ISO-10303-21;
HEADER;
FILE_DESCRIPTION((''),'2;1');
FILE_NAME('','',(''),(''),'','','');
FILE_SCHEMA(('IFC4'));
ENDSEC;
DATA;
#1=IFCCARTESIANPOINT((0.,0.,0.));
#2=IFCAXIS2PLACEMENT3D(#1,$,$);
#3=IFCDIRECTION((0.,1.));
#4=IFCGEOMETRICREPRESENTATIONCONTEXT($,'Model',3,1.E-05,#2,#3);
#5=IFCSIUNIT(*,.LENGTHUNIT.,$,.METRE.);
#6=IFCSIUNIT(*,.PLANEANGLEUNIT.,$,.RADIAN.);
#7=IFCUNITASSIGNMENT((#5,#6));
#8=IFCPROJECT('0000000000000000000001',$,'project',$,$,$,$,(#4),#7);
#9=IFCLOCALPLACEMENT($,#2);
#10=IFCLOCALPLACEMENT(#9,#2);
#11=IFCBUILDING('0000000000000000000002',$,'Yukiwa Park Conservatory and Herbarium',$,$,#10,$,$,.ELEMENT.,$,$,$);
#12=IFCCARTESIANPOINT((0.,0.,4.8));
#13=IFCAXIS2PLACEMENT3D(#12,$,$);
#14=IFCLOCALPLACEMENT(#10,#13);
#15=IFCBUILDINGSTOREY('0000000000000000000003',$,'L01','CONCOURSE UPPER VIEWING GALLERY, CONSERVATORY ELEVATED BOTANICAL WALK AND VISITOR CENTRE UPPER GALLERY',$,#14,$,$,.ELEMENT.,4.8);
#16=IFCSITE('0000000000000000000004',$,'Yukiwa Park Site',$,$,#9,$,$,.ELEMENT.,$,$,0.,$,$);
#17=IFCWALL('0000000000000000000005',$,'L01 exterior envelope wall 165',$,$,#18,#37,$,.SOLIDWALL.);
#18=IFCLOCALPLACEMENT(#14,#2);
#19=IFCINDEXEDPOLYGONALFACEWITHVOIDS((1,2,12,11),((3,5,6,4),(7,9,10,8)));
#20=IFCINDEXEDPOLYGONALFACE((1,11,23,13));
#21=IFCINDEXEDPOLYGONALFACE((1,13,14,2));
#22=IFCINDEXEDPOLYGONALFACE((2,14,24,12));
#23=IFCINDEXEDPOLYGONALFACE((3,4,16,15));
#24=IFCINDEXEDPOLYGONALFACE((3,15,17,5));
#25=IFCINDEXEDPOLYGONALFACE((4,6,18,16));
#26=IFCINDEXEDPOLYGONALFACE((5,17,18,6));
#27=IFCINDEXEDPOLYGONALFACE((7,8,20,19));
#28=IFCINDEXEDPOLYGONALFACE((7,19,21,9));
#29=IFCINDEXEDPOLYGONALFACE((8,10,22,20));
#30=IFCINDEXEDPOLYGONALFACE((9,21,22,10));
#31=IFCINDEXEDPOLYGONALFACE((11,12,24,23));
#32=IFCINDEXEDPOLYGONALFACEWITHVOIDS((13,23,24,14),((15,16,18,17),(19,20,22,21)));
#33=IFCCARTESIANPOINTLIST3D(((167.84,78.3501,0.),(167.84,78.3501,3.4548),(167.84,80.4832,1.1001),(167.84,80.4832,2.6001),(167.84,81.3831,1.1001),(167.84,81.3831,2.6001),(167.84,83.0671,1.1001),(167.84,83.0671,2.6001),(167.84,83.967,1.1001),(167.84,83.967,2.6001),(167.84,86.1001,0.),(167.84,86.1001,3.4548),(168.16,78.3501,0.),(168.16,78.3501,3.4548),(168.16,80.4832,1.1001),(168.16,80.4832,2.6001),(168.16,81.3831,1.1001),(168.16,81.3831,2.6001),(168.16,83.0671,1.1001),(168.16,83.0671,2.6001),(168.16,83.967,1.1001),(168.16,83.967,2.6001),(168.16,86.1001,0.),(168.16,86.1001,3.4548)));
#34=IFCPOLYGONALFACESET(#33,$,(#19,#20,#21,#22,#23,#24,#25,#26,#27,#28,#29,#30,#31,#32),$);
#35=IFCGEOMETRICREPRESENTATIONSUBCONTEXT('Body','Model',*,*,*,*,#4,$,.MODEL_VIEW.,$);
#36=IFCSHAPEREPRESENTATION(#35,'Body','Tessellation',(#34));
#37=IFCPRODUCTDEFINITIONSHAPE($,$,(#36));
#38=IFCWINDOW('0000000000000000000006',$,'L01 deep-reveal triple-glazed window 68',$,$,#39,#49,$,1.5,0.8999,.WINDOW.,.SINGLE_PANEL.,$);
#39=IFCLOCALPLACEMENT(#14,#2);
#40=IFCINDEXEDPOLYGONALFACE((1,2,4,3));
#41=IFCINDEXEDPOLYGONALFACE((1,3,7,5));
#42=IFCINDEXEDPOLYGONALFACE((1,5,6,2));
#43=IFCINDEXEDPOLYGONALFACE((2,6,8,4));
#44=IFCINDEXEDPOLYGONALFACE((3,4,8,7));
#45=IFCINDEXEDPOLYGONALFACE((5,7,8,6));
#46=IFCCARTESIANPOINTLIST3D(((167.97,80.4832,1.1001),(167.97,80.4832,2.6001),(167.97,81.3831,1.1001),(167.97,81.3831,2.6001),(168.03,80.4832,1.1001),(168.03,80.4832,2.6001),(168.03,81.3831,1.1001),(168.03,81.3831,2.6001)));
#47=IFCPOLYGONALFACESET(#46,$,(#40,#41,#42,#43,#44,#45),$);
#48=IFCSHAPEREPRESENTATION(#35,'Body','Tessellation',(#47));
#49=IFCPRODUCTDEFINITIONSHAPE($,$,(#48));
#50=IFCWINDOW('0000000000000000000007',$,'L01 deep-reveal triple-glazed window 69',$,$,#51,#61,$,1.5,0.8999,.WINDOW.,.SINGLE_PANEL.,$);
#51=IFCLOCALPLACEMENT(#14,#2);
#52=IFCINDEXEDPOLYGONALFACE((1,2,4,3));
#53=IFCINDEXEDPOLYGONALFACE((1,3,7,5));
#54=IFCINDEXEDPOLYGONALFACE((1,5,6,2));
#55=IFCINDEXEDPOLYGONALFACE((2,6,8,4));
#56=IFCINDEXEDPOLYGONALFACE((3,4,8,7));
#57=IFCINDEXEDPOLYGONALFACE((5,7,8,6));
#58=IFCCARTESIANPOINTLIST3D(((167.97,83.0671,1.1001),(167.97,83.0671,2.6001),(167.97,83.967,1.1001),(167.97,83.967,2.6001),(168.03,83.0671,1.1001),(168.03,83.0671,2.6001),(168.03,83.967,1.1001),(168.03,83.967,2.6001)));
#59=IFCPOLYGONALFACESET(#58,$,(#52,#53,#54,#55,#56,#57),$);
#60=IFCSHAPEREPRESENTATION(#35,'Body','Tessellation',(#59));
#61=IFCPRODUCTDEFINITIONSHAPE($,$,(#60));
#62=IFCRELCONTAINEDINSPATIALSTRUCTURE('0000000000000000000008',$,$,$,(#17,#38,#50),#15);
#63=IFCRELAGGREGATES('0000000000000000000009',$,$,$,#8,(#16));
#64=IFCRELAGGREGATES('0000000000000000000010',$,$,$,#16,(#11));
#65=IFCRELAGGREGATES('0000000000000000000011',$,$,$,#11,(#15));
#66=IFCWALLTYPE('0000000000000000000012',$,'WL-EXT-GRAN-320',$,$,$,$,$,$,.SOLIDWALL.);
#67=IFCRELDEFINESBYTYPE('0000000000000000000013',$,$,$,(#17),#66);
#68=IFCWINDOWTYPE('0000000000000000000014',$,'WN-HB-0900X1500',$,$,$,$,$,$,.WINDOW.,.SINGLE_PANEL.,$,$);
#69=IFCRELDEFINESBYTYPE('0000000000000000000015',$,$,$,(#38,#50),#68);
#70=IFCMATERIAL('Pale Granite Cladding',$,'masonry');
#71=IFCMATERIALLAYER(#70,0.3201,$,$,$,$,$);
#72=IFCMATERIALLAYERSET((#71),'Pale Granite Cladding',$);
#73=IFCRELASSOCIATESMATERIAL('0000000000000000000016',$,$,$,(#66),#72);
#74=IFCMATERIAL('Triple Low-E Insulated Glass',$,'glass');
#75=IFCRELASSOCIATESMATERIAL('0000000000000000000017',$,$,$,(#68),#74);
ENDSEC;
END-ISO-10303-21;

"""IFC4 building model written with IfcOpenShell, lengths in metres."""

from ifc_helpers import new_model, si_unit, direction, frame, frame_2d, origin, place, context, subcontext, project, spatial, rectangle, extrude, material, layer, layer_set, type_object, element, fill, save


model = new_model("IFC4")

# Units and contexts
model_context = context("Model", 3, precision=1e-05, world=origin(), true_north=direction((0.0, 1.0)))
body_context = subcontext(model_context, "Body", "Model", "MODEL_VIEW")
ifc_project = project(units=[si_unit("LENGTHUNIT", "METRE"), si_unit("PLANEANGLEUNIT", "RADIAN")], contexts=[model_context])

# Site, building, storey
site_placement = place(None, origin())
site = spatial("IfcSite", under=ifc_project, at=site_placement, Name="Yukiwa Park Site", CompositionType="ELEMENT", RefElevation=0.0)
building_placement = place(site_placement, origin())
building = spatial("IfcBuilding", under=site, at=building_placement, Name="Yukiwa Park Conservatory and Herbarium", CompositionType="ELEMENT")
storey_placement = place(building_placement, frame((0.0, 0.0, 4.8)))
storey = spatial("IfcBuildingStorey", under=building, at=storey_placement, Name="L01", Description="CONCOURSE UPPER VIEWING GALLERY, CONSERVATORY ELEVATED BOTANICAL WALK AND VISITOR CENTRE UPPER GALLERY", CompositionType="ELEMENT", Elevation=4.8)

# Wall, openings, windows
ifc_material_1 = material(Name="Pale Granite Cladding", Category="masonry")
ifc_layer_1 = layer(ifc_material_1, 0.3201)
ifc_layer_set_1 = layer_set([ifc_layer_1], Name="Pale Granite Cladding")
wall_type = type_object("IfcWallType", Name="WL-EXT-GRAN-320", PredefinedType="SOLIDWALL", material=ifc_layer_set_1)
wall_1_placement = place(storey_placement, frame((168.0, 78.3501, 0.0), z_axis=(0.0, 0.0, 1.0), x_axis=(0.0, 1.0, 0.0)))
wall_1 = element("IfcWall", 1, at=wall_1_placement, inside=storey, type_object=wall_type, Name="L01 exterior envelope wall 165", PredefinedType="SOLIDWALL", context=body_context, shape_type="SweptSolid", body=[
    extrude(rectangle(XDim=7.75, YDim=0.3201, at=frame_2d((3.875, 0.0))), origin(), (0.0, 0.0, 1.0), 3.4548),
])
opening_1_placement = place(wall_1_placement, frame((2.1331, 0.0, 1.1001)))
opening_1 = element("IfcOpeningElement", 2, at=opening_1_placement, cuts=wall_1, PredefinedType="OPENING", context=body_context, shape_type="SweptSolid", body=[
    extrude(rectangle(XDim=0.8999, YDim=1.5, at=frame_2d((0.45, 0.75))), frame((0.0, 0.1699, 0.0), z_axis=(0.0, -1.0, 0.0), x_axis=(1.0, 0.0, 0.0)), (0.0, 0.0, 1.0), 0.3401),
])
opening_2_placement = place(wall_1_placement, frame((4.717, 0.0, 1.1001)))
opening_2 = element("IfcOpeningElement", 3, at=opening_2_placement, cuts=wall_1, PredefinedType="OPENING", context=body_context, shape_type="SweptSolid", body=[
    extrude(rectangle(XDim=0.8999, YDim=1.5, at=frame_2d((0.45, 0.75))), frame((0.0, 0.1699, 0.0), z_axis=(0.0, -1.0, 0.0), x_axis=(1.0, 0.0, 0.0)), (0.0, 0.0, 1.0), 0.3401),
])
ifc_material_2 = material(Name="Triple Low-E Insulated Glass", Category="glass")
window_type_1 = type_object("IfcWindowType", Name="WN-HB-0900X1500", PartitioningType="SINGLE_PANEL", PredefinedType="WINDOW", material=ifc_material_2)
window_1_placement = place(opening_1_placement, origin())
window_1 = element("IfcWindow", 4, at=window_1_placement, inside=storey, type_object=window_type_1, Name="L01 deep-reveal triple-glazed window 68", OverallHeight=1.5, OverallWidth=0.8999, PartitioningType="SINGLE_PANEL", PredefinedType="WINDOW", context=body_context, shape_type="SweptSolid", body=[
    extrude(rectangle(XDim=0.8999, YDim=1.5, at=frame_2d((0.45, 0.75))), frame((0.0, 0.03, 0.0), z_axis=(0.0, -1.0, 0.0), x_axis=(1.0, 0.0, 0.0)), (0.0, 0.0, 1.0), 0.0601),
])
fill(opening_1, window_1)
window_2_placement = place(opening_2_placement, origin())
window_2 = element("IfcWindow", 5, at=window_2_placement, inside=storey, type_object=window_type_1, Name="L01 deep-reveal triple-glazed window 69", OverallHeight=1.5, OverallWidth=0.8999, PartitioningType="SINGLE_PANEL", PredefinedType="WINDOW", context=body_context, shape_type="SweptSolid", body=[
    extrude(rectangle(XDim=0.8999, YDim=1.5, at=frame_2d((0.45, 0.75))), frame((0.0, 0.03, 0.0), z_axis=(0.0, -1.0, 0.0), x_axis=(1.0, 0.0, 0.0)), (0.0, 0.0, 1.0), 0.0601),
])
fill(opening_2, window_2)

save(model, "model.ifc")
